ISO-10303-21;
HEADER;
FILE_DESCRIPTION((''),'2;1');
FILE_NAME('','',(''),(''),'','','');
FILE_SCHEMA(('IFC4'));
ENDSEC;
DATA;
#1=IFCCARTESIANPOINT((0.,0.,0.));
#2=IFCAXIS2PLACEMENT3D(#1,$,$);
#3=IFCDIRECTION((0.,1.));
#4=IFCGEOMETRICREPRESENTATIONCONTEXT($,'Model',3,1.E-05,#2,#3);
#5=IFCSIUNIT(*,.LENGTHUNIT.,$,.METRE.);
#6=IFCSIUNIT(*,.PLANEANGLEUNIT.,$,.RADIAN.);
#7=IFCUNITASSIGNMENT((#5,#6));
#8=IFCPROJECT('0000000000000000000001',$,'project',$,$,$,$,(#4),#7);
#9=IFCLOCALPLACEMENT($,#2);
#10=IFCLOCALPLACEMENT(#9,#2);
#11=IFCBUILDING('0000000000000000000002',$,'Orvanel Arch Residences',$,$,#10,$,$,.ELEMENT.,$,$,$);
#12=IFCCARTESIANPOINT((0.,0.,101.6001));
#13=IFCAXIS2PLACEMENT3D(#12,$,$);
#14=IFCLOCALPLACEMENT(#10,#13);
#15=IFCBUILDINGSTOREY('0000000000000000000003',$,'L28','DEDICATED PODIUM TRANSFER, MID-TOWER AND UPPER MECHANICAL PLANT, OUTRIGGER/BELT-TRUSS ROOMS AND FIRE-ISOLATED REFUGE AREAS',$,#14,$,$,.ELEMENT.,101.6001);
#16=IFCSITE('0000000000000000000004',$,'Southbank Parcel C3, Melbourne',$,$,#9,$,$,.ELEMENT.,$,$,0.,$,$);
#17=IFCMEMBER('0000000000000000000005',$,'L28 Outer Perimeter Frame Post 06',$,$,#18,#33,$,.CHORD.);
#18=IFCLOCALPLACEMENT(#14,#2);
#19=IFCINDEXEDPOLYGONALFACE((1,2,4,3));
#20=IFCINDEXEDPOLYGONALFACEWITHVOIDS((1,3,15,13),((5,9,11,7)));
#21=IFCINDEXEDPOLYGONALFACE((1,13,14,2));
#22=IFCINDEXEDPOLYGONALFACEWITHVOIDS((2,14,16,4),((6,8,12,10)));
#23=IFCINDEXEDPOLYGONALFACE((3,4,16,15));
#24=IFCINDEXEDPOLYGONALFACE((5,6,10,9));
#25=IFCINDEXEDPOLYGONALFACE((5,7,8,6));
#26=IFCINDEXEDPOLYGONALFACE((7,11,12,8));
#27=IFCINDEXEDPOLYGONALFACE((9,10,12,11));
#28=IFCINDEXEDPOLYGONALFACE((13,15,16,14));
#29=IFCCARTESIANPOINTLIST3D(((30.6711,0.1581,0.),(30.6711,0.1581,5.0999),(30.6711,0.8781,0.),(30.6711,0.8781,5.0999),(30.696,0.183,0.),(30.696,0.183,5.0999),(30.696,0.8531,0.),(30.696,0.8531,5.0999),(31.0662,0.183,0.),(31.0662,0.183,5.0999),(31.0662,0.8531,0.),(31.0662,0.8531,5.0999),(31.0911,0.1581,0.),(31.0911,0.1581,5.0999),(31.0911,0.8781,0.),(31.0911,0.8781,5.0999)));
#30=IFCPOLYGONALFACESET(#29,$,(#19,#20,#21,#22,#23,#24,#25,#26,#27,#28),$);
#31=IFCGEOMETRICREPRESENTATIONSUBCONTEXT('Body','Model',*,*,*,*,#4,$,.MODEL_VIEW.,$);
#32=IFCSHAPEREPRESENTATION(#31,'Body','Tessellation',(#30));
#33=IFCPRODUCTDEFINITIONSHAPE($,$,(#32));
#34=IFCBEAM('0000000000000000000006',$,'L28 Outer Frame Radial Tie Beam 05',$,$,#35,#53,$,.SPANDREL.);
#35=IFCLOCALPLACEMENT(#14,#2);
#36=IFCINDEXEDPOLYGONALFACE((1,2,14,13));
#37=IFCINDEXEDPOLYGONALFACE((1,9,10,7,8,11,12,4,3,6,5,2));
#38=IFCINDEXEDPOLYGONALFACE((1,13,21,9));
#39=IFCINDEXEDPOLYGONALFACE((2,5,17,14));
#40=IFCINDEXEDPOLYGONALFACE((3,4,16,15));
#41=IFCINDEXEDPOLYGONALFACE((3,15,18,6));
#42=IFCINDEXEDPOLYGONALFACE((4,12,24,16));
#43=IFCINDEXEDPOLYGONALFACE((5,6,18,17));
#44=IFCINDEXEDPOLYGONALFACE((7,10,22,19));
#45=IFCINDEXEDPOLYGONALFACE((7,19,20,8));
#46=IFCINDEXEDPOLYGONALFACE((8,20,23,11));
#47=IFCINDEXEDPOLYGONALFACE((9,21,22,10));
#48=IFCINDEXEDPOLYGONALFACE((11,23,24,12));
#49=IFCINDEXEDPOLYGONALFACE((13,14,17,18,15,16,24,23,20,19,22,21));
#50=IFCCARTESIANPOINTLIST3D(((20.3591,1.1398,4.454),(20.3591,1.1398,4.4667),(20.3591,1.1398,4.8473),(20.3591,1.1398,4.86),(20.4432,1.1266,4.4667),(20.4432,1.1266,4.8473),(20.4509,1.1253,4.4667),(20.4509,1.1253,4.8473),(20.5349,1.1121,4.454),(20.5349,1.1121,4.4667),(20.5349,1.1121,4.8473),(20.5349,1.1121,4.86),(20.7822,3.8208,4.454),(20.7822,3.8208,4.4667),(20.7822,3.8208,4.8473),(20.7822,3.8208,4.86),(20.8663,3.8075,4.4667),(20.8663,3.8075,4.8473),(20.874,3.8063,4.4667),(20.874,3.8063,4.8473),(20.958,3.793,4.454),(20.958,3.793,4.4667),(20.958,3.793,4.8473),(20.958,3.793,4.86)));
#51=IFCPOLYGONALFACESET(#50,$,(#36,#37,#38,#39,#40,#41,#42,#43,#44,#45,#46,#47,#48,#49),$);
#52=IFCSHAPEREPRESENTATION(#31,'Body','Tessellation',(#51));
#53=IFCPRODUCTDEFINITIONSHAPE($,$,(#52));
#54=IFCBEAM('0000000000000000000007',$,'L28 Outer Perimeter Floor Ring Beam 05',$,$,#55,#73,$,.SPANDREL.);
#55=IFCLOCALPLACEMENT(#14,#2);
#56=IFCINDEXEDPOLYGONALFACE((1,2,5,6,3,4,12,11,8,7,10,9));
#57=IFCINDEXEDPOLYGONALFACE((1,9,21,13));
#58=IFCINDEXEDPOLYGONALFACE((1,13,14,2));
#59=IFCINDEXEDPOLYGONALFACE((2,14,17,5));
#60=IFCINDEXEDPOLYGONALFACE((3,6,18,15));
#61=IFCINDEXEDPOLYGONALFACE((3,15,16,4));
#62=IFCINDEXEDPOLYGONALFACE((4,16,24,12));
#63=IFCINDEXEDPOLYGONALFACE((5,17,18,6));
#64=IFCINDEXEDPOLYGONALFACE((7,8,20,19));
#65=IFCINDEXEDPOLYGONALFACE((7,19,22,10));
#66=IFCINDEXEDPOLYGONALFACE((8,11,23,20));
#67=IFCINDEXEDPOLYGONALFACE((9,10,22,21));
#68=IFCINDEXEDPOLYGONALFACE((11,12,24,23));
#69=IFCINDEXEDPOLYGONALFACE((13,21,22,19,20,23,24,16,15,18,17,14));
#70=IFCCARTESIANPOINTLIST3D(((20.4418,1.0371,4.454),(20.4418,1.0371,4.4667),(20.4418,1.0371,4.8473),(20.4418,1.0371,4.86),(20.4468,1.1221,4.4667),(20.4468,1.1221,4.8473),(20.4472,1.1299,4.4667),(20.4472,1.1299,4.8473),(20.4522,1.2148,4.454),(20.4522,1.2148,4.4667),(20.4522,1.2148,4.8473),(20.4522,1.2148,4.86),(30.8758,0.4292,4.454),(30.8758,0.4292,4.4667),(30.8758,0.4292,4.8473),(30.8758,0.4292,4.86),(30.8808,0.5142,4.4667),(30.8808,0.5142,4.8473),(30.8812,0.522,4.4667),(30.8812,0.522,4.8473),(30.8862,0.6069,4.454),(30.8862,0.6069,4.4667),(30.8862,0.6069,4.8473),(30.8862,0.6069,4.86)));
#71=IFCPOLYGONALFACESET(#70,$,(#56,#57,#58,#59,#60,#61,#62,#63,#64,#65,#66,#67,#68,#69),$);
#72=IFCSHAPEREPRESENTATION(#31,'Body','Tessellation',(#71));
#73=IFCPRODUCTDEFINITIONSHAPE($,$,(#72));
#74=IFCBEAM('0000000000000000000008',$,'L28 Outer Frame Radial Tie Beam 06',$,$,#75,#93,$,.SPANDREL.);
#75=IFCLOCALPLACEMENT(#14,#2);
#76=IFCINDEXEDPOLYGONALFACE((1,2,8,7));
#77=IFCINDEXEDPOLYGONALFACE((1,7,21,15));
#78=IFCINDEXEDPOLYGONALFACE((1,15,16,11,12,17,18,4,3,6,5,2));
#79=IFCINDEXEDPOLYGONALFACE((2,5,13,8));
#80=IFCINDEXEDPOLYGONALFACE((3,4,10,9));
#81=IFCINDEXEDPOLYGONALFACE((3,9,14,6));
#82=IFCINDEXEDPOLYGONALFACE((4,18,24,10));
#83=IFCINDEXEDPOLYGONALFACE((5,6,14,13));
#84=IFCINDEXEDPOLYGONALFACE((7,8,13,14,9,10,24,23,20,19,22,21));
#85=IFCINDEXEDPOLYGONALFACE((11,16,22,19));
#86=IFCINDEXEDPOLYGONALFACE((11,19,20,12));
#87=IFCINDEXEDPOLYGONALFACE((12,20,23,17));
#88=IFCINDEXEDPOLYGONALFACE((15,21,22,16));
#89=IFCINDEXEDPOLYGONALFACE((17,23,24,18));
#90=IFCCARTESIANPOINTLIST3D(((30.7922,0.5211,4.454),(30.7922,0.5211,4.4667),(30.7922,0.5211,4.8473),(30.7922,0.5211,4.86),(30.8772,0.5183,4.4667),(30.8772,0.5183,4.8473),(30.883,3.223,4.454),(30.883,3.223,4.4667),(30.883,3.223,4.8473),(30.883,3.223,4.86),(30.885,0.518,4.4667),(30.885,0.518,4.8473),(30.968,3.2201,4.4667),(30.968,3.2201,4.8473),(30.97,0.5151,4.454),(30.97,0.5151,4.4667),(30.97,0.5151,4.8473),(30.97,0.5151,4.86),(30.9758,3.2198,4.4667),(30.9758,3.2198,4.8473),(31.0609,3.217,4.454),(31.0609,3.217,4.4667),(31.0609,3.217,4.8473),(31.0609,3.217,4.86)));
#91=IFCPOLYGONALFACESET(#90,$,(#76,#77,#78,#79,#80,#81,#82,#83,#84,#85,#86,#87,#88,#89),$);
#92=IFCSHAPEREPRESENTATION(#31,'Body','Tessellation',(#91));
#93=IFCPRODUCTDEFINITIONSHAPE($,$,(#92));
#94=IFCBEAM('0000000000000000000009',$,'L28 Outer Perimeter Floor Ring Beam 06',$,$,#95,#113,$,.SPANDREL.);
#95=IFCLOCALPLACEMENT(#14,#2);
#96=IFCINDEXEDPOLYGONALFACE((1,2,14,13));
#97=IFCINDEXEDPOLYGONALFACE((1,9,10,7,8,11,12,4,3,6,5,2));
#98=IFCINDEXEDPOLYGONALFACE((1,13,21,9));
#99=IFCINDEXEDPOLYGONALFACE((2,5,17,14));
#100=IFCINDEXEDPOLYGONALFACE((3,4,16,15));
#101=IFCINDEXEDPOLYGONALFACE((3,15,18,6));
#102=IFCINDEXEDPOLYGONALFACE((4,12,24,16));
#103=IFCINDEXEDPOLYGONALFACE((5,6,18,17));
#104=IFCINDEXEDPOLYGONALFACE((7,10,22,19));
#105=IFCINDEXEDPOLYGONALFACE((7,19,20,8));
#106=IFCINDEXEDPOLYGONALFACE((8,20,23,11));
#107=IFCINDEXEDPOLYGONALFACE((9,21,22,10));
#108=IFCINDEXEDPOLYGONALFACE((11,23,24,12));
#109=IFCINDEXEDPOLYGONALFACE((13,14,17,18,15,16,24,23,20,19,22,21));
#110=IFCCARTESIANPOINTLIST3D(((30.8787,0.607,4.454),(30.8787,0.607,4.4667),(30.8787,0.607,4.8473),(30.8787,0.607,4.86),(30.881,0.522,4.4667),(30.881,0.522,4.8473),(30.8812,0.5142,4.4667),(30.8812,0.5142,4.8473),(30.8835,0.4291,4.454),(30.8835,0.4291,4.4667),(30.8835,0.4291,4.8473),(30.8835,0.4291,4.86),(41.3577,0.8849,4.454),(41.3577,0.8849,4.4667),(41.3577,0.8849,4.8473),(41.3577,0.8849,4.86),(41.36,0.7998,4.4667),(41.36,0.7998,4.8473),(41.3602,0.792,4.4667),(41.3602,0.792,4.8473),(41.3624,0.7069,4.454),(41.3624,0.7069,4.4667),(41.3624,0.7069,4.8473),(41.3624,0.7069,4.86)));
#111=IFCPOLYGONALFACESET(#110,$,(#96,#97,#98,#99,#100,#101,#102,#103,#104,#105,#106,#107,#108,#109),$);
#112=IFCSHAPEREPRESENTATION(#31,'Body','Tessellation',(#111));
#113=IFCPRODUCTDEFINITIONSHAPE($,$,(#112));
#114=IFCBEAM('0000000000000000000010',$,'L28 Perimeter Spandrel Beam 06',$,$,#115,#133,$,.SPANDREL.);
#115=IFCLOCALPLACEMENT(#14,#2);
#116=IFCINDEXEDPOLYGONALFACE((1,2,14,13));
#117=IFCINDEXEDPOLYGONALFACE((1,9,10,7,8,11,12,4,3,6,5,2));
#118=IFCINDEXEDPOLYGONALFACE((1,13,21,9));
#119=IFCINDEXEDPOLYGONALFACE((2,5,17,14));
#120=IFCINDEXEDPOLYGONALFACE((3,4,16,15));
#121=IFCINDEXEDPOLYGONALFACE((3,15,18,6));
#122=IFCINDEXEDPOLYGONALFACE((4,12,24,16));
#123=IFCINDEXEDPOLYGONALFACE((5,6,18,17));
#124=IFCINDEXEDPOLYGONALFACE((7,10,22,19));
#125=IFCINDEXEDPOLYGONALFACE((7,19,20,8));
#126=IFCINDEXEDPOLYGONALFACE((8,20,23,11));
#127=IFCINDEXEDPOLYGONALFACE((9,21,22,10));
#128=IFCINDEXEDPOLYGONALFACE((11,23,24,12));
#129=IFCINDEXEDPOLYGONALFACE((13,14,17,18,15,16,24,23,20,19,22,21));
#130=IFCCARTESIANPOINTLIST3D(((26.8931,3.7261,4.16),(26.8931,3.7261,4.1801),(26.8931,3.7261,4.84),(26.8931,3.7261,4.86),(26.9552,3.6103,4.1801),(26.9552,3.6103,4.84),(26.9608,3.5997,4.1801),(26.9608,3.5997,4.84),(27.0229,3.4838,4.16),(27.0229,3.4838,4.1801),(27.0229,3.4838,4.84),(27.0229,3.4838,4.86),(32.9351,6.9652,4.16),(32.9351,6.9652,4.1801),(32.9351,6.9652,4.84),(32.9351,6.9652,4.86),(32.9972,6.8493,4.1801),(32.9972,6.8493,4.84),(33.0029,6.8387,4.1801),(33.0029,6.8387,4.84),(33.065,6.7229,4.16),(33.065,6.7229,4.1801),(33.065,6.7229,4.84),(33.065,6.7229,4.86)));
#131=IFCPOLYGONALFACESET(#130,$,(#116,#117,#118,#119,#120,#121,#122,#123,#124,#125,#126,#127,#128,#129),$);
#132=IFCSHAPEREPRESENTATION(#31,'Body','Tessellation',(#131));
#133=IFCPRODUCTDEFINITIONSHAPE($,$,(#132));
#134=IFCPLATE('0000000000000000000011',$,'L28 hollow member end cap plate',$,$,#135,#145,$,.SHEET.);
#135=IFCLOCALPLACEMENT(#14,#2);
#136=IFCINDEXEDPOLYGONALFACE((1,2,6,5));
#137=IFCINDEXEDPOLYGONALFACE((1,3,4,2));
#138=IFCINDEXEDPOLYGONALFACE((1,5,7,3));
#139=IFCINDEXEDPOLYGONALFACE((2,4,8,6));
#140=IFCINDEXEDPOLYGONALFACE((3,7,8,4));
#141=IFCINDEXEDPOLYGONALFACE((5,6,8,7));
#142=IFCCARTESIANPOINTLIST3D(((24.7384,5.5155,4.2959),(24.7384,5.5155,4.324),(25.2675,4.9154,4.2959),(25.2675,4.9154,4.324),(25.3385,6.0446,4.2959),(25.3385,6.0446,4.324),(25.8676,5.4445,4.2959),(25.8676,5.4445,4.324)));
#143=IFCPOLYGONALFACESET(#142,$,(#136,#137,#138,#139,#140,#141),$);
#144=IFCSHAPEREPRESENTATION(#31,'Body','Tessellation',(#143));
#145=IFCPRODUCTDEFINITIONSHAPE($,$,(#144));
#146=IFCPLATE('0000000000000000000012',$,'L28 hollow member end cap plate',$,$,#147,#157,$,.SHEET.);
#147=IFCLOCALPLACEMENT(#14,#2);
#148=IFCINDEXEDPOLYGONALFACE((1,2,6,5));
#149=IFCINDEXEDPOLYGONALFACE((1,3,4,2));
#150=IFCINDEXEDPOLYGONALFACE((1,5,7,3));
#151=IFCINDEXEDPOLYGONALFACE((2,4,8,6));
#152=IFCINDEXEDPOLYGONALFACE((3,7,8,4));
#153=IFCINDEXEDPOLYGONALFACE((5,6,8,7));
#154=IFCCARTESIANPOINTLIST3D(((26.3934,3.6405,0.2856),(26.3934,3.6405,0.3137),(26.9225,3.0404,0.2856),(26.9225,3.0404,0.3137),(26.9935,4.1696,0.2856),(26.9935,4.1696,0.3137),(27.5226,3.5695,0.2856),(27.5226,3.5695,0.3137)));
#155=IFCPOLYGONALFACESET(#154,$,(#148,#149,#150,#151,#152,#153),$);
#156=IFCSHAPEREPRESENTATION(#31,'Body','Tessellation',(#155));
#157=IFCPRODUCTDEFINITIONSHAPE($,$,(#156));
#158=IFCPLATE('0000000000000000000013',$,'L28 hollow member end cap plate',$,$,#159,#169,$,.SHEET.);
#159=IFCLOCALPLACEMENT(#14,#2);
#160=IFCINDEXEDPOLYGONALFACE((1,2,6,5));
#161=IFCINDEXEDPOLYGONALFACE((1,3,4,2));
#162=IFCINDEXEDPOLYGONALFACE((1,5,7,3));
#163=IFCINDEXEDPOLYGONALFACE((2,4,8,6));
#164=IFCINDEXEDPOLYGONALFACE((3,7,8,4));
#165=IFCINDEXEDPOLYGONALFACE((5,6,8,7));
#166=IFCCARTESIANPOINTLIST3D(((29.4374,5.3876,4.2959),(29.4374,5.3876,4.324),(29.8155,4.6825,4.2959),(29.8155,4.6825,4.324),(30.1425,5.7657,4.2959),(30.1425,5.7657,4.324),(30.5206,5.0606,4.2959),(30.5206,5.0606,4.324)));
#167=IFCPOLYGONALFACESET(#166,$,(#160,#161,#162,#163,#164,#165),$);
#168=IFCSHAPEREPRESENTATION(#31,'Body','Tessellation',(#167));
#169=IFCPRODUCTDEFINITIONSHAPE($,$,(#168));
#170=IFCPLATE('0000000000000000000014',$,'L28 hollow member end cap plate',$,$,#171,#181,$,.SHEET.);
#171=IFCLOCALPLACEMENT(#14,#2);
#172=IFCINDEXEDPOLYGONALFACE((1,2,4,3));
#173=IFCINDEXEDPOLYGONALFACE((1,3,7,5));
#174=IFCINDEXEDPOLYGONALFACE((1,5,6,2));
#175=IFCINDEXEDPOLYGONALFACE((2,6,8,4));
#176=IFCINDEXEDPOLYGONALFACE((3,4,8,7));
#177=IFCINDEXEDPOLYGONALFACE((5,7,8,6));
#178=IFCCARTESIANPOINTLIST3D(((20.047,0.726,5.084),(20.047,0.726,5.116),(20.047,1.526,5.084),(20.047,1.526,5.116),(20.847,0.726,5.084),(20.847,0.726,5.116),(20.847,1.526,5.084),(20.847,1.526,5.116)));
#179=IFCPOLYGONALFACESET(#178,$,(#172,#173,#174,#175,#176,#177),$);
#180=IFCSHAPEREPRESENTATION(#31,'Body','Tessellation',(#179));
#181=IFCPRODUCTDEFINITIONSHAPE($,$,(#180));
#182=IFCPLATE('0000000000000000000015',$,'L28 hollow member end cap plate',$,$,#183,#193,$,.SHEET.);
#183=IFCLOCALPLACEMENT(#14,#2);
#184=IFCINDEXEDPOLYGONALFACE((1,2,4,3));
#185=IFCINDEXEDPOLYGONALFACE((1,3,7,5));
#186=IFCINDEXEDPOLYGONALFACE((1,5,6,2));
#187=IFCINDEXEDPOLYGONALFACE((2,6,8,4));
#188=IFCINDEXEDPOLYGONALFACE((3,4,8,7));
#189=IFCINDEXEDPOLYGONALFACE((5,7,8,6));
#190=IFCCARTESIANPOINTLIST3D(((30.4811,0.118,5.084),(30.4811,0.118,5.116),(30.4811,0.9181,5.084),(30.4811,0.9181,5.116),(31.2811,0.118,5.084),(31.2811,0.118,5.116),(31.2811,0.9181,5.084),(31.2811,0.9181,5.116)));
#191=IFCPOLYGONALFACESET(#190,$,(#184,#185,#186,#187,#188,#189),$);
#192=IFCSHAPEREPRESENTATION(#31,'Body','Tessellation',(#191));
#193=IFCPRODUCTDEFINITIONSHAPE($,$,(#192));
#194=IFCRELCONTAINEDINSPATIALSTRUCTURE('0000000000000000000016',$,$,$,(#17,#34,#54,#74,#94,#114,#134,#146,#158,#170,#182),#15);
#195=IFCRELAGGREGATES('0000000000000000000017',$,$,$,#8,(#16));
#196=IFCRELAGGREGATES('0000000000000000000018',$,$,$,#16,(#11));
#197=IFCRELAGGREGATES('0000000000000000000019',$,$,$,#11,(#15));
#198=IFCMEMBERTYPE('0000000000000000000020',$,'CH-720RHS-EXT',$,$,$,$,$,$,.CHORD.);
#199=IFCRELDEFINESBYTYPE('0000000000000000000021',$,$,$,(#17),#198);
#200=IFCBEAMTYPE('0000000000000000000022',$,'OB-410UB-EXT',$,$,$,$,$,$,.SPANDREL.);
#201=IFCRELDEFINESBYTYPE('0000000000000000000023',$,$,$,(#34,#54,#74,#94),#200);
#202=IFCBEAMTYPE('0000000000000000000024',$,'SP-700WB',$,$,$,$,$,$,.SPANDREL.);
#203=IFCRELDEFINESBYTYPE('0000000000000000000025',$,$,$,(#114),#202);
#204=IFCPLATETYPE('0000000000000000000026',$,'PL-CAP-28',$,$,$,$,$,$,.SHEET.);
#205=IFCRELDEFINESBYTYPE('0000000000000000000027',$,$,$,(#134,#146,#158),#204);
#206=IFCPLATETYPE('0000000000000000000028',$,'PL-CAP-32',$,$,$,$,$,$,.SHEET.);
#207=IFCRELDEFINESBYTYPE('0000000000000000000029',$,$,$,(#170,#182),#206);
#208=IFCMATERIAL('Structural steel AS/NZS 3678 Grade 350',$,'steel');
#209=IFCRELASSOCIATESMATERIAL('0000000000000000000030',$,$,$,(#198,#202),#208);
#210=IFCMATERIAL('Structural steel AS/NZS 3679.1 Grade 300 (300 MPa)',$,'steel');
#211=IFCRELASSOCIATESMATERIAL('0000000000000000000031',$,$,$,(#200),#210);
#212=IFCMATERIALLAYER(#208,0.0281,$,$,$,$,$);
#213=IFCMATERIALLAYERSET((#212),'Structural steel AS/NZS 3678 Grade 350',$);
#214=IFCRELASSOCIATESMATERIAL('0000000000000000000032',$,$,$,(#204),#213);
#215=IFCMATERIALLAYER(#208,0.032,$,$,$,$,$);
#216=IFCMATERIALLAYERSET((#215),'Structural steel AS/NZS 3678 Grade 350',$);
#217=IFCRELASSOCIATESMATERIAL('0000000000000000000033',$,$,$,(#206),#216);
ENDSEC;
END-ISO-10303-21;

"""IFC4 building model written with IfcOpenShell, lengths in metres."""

from ifc_helpers import new_model, si_unit, direction, frame, origin, origin_2d, place, context, subcontext, project, spatial, rectangle, hollow_rectangle, i_section, extrude, material, layer, layer_set, material_profile, profile_set, type_object, element, save


model = new_model("IFC4")

# Units and contexts
model_context = context("Model", 3, precision=1e-05, world=origin(), true_north=direction((0.0, 1.0)))
body_context = subcontext(model_context, "Body", "Model", "MODEL_VIEW")
ifc_project = project(units=[si_unit("LENGTHUNIT", "METRE"), si_unit("PLANEANGLEUNIT", "RADIAN")], contexts=[model_context])

# Site, building, storey
site_placement = place(None, origin())
site = spatial("IfcSite", under=ifc_project, at=site_placement, Name="Southbank Parcel C3, Melbourne", CompositionType="ELEMENT", RefElevation=0.0)
building_placement = place(site_placement, origin())
building = spatial("IfcBuilding", under=site, at=building_placement, Name="Orvanel Arch Residences", CompositionType="ELEMENT")
storey_placement = place(building_placement, frame((0.0, 0.0, 101.6001)))
storey = spatial("IfcBuildingStorey", under=building, at=storey_placement, Name="L28", Description="DEDICATED PODIUM TRANSFER, MID-TOWER AND UPPER MECHANICAL PLANT, OUTRIGGER/BELT-TRUSS ROOMS AND FIRE-ISOLATED REFUGE AREAS", CompositionType="ELEMENT", Elevation=101.6001)

# Member
ifc_material_1 = material(Name="Structural steel AS/NZS 3678 Grade 350", Category="steel")
ifc_material_profile_1 = material_profile(ifc_material_1, hollow_rectangle(XDim=0.4199, YDim=0.72, WallThickness=0.0249, at=origin_2d()), Name="RHS720x420x25")
ifc_profile_set_1 = profile_set([ifc_material_profile_1], Name="Structural steel AS/NZS 3678 Grade 350")
member_type_1 = type_object("IfcMemberType", Name="CH-720RHS-EXT", PredefinedType="CHORD", material=ifc_profile_set_1)
for number, where, z_axis, x_axis, name in (
    (1, (30.8811, 0.5181, 0.0), (0.0, 0.0, 1.0), (1.0, 0.0, 0.0), "L28 Outer Perimeter Frame Post 06"),
):
    element("IfcMember", number, at=place(storey_placement, frame(where, z_axis=z_axis, x_axis=x_axis)), inside=storey, type_object=member_type_1, Name=name, PredefinedType="CHORD", context=body_context, shape_type="SweptSolid", body=[
        extrude(hollow_rectangle(XDim=0.4199, YDim=0.72, WallThickness=0.0249, at=origin_2d()), origin(), (0.0, 0.0, 1.0), 5.0999),
    ])

# Beams
ifc_material_2 = material(Name="Structural steel AS/NZS 3679.1 Grade 300 (300 MPa)", Category="steel")
ifc_material_profile_2 = material_profile(ifc_material_2, i_section(OverallWidth=0.178, OverallDepth=0.406, WebThickness=0.0078, FlangeThickness=0.0127, at=origin_2d()), Name="410UB59.7")
ifc_profile_set_2 = profile_set([ifc_material_profile_2], Name="Structural steel AS/NZS 3679.1 Grade 300 (300 MPa)")
beam_type_1 = type_object("IfcBeamType", Name="OB-410UB-EXT", PredefinedType="SPANDREL", material=ifc_profile_set_2)
beam_1_placement = place(storey_placement, frame((20.8701, 3.8069, 4.657), z_axis=(-0.155889, -0.987775, 0.0), x_axis=(0.987775, -0.155889, 0.0)))
element("IfcBeam", 2, at=beam_1_placement, inside=storey, type_object=beam_type_1, Name="L28 Outer Frame Radial Tie Beam 05", PredefinedType="SPANDREL", context=body_context, shape_type="SweptSolid", body=[
    extrude(i_section(OverallWidth=0.178, OverallDepth=0.406, WebThickness=0.0078, FlangeThickness=0.0127, at=origin_2d()), origin(), (0.0, 0.0, 1.0), 2.7141),
])
beam_2_placement = place(storey_placement, frame((20.447, 1.126, 4.657), z_axis=(0.998307, -0.058163, 0.0), x_axis=(0.058163, 0.998307, 0.0)))
element("IfcBeam", 3, at=beam_2_placement, inside=storey, type_object=beam_type_1, Name="L28 Outer Perimeter Floor Ring Beam 05", PredefinedType="SPANDREL", context=body_context, shape_type="SweptSolid", body=[
    extrude(i_section(OverallWidth=0.178, OverallDepth=0.406, WebThickness=0.0078, FlangeThickness=0.0127, at=origin_2d()), origin(), (0.0, 0.0, 1.0), 10.4517),
])
beam_3_placement = place(storey_placement, frame((30.9719, 3.22, 4.657), z_axis=(-0.033594, -0.999436, 0.0), x_axis=(0.999436, -0.033594, 0.0)))
element("IfcBeam", 4, at=beam_3_placement, inside=storey, type_object=beam_type_1, Name="L28 Outer Frame Radial Tie Beam 06", PredefinedType="SPANDREL", context=body_context, shape_type="SweptSolid", body=[
    extrude(i_section(OverallWidth=0.178, OverallDepth=0.406, WebThickness=0.0078, FlangeThickness=0.0127, at=origin_2d()), origin(), (0.0, 0.0, 1.0), 2.7034),
])
beam_4_placement = place(storey_placement, frame((30.8811, 0.5181, 4.657), z_axis=(0.999649, 0.026504, 0.0), x_axis=(-0.026504, 0.999649, 0.0)))
element("IfcBeam", 5, at=beam_4_placement, inside=storey, type_object=beam_type_1, Name="L28 Outer Perimeter Floor Ring Beam 06", PredefinedType="SPANDREL", context=body_context, shape_type="SweptSolid", body=[
    extrude(i_section(OverallWidth=0.178, OverallDepth=0.406, WebThickness=0.0078, FlangeThickness=0.0127, at=origin_2d()), origin(), (0.0, 0.0, 1.0), 10.4827),
])
ifc_material_profile_3 = material_profile(ifc_material_1, i_section(OverallWidth=0.2749, OverallDepth=0.7, WebThickness=0.012, FlangeThickness=0.02, at=origin_2d()), Name="700WB150")
ifc_profile_set_3 = profile_set([ifc_material_profile_3], Name="Structural steel AS/NZS 3678 Grade 350")
beam_type_2 = type_object("IfcBeamType", Name="SP-700WB", PredefinedType="SPANDREL", material=ifc_profile_set_3)
beam_5_placement = place(storey_placement, frame((26.958, 3.605, 4.51), z_axis=(0.881344, 0.472474, 0.0), x_axis=(-0.472474, 0.881344, 0.0)))
element("IfcBeam", 6, at=beam_5_placement, inside=storey, type_object=beam_type_2, Name="L28 Perimeter Spandrel Beam 06", PredefinedType="SPANDREL", context=body_context, shape_type="SweptSolid", body=[
    extrude(i_section(OverallWidth=0.2749, OverallDepth=0.7, WebThickness=0.012, FlangeThickness=0.02, at=origin_2d()), origin(), (0.0, 0.0, 1.0), 6.8555),
])

# Plates
ifc_layer_1 = layer(ifc_material_1, 0.0281)
ifc_layer_set_1 = layer_set([ifc_layer_1], Name="Structural steel AS/NZS 3678 Grade 350")
plate_type_1 = type_object("IfcPlateType", Name="PL-CAP-28", PredefinedType="SHEET", material=ifc_layer_set_1)
for number, where, z_axis, x_axis, name in (
    (7, (25.303, 5.48, 4.2959), (0.0, 0.0, 1.0), (-0.661312, 0.750111, 0.0), "L28 hollow member end cap plate"),
    (8, (26.958, 3.605, 0.2856), (0.0, 0.0, 1.0), (-0.661312, 0.750111, 0.0), "L28 hollow member end cap plate"),
    (9, (29.979, 5.2241, 4.2959), (0.0, 0.0, 1.0), (0.881303, 0.472551, 0.0), "L28 hollow member end cap plate"),
):
    element("IfcPlate", number, at=place(storey_placement, frame(where, z_axis=z_axis, x_axis=x_axis)), inside=storey, type_object=plate_type_1, Name=name, PredefinedType="SHEET", context=body_context, shape_type="SweptSolid", body=[
        extrude(rectangle(XDim=0.8, YDim=0.8, at=origin_2d()), origin(), (0.0, 0.0, 1.0), 0.0281),
    ])
ifc_layer_2 = layer(ifc_material_1, 0.032)
ifc_layer_set_2 = layer_set([ifc_layer_2], Name="Structural steel AS/NZS 3678 Grade 350")
plate_type_2 = type_object("IfcPlateType", Name="PL-CAP-32", PredefinedType="SHEET", material=ifc_layer_set_2)
for number, where, z_axis, x_axis, name in (
    (10, (20.447, 1.126, 5.084), (0.0, 0.0, 1.0), (1.0, 0.0, 0.0), "L28 hollow member end cap plate"),
    (11, (30.8811, 0.5181, 5.084), (0.0, 0.0, 1.0), (1.0, 0.0, 0.0), "L28 hollow member end cap plate"),
):
    element("IfcPlate", number, at=place(storey_placement, frame(where, z_axis=z_axis, x_axis=x_axis)), inside=storey, type_object=plate_type_2, Name=name, PredefinedType="SHEET", context=body_context, shape_type="SweptSolid", body=[
        extrude(rectangle(XDim=0.8, YDim=0.8, at=origin_2d()), origin(), (0.0, 0.0, 1.0), 0.032),
    ])

save(model, "model.ifc")
